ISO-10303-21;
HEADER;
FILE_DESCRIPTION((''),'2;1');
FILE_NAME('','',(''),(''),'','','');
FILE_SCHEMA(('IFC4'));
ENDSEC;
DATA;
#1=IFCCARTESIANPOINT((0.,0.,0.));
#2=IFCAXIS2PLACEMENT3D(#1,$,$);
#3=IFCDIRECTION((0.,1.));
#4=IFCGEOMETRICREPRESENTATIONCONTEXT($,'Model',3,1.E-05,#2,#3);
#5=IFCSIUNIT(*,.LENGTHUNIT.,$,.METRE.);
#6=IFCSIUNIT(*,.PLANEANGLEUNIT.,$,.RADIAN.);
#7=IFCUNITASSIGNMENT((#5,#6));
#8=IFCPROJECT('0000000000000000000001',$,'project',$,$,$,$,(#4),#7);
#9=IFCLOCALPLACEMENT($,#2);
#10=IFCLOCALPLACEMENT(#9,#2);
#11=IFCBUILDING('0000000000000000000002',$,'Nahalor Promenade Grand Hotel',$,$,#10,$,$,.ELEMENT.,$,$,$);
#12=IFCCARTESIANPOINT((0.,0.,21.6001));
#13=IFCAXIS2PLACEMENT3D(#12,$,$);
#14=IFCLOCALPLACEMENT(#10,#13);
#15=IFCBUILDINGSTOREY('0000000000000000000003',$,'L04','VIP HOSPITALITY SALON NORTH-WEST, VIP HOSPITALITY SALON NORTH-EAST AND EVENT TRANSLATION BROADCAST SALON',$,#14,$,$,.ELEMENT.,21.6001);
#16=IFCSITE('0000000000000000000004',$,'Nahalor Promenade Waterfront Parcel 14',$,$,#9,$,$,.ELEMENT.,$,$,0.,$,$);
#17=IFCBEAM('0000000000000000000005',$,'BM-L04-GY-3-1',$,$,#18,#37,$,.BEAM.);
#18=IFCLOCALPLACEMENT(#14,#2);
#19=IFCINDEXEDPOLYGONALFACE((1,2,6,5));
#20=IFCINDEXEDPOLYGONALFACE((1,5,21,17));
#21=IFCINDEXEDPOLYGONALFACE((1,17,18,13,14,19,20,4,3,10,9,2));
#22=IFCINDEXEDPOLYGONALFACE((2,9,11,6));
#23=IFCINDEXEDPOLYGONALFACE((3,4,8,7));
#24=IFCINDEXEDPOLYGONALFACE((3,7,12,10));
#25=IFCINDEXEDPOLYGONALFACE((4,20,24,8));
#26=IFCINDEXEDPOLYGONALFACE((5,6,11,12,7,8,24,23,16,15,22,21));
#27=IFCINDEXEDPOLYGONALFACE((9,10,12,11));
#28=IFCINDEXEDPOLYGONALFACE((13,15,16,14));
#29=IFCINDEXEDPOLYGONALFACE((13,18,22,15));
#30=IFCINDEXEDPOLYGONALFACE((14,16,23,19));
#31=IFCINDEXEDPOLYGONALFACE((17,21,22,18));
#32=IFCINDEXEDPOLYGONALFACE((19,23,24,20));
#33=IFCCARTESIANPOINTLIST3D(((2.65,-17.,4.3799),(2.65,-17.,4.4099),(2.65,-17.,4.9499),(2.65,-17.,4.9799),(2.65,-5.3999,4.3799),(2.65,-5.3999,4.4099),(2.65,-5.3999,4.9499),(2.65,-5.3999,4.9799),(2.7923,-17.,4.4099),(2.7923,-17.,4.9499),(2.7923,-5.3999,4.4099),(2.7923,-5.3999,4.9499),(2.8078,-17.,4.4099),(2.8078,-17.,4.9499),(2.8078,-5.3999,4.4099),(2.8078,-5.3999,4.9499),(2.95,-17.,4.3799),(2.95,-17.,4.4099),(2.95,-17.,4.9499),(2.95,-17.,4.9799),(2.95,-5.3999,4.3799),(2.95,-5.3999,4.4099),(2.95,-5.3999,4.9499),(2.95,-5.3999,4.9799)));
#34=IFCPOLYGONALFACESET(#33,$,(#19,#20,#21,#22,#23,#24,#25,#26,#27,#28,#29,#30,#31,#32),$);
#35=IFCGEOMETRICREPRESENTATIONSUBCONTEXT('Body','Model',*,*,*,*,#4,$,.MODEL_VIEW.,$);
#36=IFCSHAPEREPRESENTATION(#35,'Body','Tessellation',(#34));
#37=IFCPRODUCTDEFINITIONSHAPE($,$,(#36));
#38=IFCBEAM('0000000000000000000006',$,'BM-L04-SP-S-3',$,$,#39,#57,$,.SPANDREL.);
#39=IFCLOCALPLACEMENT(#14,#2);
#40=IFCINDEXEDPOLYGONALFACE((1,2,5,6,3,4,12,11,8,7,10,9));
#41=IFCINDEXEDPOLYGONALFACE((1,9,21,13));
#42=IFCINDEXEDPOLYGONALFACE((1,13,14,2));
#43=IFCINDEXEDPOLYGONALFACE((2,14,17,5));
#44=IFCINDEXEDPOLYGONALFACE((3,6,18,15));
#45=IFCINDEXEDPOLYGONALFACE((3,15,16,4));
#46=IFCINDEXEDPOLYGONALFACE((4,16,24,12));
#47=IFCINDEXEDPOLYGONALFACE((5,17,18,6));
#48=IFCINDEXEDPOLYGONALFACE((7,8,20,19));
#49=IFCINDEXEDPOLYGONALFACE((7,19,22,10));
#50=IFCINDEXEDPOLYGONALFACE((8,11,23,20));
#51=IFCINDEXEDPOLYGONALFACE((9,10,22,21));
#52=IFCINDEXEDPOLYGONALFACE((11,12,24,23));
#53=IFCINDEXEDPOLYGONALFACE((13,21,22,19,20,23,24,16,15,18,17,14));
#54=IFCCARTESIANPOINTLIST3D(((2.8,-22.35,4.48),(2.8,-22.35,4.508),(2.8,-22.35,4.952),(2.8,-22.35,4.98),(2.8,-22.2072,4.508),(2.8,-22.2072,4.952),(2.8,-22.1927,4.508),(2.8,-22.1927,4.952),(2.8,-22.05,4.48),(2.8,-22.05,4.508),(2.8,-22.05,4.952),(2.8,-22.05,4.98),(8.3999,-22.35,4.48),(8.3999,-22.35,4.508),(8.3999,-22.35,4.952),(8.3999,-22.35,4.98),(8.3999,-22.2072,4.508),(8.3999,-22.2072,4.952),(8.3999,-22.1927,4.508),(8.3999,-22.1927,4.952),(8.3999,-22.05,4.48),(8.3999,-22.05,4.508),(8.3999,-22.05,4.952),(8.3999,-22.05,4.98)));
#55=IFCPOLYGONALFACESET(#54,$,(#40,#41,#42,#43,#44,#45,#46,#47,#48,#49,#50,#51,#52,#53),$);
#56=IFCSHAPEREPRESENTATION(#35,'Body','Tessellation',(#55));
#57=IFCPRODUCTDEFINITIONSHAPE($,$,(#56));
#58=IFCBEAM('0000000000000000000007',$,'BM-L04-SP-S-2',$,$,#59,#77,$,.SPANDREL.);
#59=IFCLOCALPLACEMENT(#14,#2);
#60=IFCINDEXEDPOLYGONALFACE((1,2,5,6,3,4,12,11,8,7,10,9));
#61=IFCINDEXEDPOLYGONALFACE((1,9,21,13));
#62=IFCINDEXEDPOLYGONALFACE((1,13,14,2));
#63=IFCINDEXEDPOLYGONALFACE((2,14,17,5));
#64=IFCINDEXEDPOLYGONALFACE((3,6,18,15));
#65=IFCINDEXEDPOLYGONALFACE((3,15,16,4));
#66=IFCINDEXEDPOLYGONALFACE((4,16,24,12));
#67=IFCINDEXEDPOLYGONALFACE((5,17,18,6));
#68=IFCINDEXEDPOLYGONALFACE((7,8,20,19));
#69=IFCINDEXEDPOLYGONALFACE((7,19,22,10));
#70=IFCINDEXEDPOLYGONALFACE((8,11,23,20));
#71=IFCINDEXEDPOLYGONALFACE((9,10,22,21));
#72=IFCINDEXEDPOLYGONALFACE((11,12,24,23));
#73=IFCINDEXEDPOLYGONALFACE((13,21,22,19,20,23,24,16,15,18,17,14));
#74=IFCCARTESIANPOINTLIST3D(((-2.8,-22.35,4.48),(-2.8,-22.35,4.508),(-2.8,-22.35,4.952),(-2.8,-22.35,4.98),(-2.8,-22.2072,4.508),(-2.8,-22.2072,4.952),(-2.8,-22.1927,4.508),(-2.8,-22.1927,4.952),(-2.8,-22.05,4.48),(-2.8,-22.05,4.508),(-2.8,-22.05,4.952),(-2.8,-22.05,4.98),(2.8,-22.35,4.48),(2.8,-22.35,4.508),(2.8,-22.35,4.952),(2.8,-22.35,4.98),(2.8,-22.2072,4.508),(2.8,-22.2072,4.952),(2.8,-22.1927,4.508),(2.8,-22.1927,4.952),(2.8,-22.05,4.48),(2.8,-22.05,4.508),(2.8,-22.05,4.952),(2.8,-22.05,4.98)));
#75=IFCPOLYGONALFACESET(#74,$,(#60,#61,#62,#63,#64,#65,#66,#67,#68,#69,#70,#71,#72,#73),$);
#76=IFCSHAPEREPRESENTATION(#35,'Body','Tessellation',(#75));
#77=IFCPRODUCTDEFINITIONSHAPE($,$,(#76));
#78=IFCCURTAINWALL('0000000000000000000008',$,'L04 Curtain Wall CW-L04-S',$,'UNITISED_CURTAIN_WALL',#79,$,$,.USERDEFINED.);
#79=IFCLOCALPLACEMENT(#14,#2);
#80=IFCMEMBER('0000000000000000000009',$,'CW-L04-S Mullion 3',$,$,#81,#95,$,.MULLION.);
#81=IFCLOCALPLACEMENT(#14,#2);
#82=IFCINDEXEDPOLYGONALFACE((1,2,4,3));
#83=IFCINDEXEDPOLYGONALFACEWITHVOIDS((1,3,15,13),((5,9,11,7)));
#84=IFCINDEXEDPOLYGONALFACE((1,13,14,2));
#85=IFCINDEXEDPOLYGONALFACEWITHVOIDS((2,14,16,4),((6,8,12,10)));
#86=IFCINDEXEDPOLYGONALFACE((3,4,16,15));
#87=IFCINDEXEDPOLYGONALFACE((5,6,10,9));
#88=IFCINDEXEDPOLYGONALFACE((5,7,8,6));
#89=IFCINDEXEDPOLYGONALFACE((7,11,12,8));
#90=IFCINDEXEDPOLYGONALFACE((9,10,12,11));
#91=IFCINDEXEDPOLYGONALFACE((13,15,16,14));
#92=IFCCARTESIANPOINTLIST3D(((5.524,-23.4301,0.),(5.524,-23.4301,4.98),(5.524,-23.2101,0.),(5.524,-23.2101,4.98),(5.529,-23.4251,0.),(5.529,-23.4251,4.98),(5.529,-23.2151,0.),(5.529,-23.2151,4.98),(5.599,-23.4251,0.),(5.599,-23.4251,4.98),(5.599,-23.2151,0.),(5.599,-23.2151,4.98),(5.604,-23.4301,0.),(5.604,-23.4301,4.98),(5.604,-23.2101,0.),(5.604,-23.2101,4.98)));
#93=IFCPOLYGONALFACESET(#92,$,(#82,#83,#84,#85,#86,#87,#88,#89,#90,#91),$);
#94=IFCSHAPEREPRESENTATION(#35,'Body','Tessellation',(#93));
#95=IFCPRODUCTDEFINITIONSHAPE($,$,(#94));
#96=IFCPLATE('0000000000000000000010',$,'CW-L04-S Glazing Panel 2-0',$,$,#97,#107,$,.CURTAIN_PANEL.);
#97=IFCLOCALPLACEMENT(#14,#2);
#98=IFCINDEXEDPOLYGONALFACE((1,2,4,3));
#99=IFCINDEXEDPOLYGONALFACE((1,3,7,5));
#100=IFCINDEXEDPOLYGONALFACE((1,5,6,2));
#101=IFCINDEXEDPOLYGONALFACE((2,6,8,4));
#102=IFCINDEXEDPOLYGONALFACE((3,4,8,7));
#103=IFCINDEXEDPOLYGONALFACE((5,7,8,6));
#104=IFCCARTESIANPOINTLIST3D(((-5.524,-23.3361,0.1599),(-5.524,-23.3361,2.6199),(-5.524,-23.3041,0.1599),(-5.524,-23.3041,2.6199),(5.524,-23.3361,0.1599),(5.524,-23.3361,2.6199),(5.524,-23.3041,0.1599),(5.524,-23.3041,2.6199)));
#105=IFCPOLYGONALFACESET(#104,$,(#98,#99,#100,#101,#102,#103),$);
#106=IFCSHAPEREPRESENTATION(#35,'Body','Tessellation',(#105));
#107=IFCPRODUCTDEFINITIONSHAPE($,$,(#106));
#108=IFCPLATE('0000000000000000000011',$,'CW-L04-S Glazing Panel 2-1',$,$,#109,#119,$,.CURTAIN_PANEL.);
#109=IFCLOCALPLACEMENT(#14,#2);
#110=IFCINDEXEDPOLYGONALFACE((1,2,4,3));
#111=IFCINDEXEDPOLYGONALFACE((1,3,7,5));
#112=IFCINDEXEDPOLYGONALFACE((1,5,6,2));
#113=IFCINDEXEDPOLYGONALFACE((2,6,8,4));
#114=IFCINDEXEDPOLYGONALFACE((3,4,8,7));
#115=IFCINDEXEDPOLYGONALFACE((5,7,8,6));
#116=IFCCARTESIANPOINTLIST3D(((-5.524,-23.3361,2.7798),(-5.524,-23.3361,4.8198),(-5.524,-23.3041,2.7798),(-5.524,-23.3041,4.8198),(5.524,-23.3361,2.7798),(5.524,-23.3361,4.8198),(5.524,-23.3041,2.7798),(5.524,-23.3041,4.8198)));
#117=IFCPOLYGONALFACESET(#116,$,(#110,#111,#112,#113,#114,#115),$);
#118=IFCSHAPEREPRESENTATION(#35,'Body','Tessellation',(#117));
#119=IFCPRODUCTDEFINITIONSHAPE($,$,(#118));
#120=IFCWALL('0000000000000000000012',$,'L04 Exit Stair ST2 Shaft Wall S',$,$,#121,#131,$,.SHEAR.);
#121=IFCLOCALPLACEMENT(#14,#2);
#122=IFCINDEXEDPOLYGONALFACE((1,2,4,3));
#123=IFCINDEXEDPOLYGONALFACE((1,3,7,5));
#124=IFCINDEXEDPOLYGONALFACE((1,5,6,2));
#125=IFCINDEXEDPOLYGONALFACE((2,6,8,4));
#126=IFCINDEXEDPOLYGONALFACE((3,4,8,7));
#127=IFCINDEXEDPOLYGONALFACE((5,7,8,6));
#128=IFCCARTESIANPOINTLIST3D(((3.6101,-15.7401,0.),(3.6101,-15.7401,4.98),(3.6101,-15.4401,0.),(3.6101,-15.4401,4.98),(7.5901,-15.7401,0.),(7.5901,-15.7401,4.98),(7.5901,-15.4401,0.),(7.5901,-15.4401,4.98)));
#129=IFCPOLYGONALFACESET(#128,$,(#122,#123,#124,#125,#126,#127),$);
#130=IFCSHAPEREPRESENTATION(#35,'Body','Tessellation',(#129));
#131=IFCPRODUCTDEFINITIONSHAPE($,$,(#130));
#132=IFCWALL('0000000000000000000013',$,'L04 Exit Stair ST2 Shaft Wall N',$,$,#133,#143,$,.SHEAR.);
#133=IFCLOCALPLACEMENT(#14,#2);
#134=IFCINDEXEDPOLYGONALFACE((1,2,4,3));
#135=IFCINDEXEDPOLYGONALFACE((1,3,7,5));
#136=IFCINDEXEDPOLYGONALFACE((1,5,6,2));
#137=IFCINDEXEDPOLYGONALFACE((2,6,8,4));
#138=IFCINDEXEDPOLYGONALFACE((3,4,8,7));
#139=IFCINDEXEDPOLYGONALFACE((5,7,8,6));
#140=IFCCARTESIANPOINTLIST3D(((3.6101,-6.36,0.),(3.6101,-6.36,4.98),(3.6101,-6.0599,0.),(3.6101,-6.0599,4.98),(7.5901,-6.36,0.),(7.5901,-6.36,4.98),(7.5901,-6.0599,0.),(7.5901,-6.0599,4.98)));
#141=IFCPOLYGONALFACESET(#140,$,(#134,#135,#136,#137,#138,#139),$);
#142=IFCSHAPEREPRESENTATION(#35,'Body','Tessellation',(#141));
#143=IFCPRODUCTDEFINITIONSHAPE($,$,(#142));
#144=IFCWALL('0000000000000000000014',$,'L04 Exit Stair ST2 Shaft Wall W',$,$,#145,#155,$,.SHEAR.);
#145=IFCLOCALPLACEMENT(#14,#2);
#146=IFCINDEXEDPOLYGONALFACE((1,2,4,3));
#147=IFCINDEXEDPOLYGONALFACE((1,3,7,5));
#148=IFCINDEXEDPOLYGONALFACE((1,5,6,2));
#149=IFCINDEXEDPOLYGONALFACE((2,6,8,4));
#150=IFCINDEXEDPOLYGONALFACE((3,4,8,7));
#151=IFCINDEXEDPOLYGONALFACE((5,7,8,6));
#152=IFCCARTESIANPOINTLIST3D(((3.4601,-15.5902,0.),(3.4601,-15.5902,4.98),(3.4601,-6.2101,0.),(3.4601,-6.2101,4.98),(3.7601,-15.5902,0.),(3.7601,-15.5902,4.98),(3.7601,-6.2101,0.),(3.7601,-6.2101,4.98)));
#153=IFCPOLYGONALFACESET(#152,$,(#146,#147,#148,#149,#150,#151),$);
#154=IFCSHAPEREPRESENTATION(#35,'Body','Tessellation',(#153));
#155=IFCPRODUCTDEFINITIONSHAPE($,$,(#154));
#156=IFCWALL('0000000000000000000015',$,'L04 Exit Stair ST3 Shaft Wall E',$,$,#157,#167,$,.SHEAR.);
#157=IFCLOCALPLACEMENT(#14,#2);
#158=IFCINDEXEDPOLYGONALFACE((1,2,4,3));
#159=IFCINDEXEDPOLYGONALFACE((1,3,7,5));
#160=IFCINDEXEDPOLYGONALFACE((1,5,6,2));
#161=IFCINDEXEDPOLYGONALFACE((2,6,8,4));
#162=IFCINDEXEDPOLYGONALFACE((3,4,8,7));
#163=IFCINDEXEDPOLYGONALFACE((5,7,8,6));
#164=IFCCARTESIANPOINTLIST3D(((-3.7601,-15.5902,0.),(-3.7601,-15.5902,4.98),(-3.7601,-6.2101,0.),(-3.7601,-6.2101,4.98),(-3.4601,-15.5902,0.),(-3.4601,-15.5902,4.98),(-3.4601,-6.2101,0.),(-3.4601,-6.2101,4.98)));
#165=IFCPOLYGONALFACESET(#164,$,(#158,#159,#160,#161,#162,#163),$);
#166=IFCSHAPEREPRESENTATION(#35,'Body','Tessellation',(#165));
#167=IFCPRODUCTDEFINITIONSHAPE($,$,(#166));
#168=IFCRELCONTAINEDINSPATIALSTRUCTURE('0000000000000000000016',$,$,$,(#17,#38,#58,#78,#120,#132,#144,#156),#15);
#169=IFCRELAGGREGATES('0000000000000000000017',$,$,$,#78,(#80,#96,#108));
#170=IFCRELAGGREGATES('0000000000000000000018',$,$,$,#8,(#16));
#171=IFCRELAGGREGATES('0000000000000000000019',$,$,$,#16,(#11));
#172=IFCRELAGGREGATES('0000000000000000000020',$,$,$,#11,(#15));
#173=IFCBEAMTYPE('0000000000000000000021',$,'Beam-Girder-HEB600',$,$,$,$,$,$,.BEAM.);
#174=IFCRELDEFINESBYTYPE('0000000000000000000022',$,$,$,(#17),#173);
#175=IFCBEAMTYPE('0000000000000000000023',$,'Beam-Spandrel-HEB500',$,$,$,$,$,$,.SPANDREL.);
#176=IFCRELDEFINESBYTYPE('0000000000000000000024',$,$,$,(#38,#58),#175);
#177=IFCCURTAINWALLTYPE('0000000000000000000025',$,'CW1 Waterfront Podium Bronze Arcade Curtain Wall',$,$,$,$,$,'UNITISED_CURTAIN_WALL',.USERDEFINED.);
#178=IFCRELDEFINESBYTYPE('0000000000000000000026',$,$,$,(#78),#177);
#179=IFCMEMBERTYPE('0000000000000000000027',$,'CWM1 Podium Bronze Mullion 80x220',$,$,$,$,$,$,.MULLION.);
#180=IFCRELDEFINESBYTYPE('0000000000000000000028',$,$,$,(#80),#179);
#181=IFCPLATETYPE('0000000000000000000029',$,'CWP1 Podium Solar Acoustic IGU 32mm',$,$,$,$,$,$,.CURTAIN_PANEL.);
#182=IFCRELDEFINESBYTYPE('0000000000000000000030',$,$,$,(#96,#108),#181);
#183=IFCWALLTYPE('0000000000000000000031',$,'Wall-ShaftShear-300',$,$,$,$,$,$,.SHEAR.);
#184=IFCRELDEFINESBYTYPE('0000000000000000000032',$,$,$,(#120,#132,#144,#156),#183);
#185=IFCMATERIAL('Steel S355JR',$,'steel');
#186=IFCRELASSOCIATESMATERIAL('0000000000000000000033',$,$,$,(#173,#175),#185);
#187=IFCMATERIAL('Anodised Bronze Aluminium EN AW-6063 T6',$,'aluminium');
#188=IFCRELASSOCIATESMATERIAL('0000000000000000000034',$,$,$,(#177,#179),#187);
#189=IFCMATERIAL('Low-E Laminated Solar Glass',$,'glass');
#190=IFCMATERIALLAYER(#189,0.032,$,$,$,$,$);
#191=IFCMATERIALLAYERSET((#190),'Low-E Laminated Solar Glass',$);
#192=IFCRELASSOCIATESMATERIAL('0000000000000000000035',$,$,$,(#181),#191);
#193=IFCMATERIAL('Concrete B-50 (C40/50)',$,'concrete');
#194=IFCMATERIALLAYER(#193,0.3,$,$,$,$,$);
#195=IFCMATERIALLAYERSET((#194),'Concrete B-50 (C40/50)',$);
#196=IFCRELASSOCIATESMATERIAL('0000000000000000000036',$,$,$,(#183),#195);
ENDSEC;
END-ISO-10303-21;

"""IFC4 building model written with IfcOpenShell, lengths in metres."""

from ifc_helpers import new_model, si_unit, direction, frame, frame_2d, origin, origin_2d, place, context, subcontext, project, spatial, rectangle, hollow_rectangle, i_section, extrude, source, transform, mapped, material, layer, layer_set, material_profile, profile_set, type_object, element, aggregate, save


model = new_model("IFC4")

# Units and contexts
model_context = context("Model", 3, precision=1e-05, world=origin(), true_north=direction((0.0, 1.0)))
body_context = subcontext(model_context, "Body", "Model", "MODEL_VIEW")
ifc_project = project(units=[si_unit("LENGTHUNIT", "METRE"), si_unit("PLANEANGLEUNIT", "RADIAN")], contexts=[model_context])

# Site, building, storey
site_placement = place(None, origin())
site = spatial("IfcSite", under=ifc_project, at=site_placement, Name="Nahalor Promenade Waterfront Parcel 14", CompositionType="ELEMENT", RefElevation=0.0)
building_placement = place(site_placement, origin())
building = spatial("IfcBuilding", under=site, at=building_placement, Name="Nahalor Promenade Grand Hotel", CompositionType="ELEMENT")
storey_placement = place(building_placement, frame((0.0, 0.0, 21.6001)))
storey = spatial("IfcBuildingStorey", under=building, at=storey_placement, Name="L04", Description="VIP HOSPITALITY SALON NORTH-WEST, VIP HOSPITALITY SALON NORTH-EAST AND EVENT TRANSLATION BROADCAST SALON", CompositionType="ELEMENT", Elevation=21.6001)

# Beams
ifc_material_1 = material(Name="Steel S355JR", Category="steel")
ifc_material_profile_1 = material_profile(ifc_material_1, i_section(OverallWidth=0.3, OverallDepth=0.6, WebThickness=0.0155, FlangeThickness=0.03, at=origin_2d()), Name="HEB 600")
ifc_profile_set_1 = profile_set([ifc_material_profile_1], Name="Steel S355JR")
beam_type_1 = type_object("IfcBeamType", Name="Beam-Girder-HEB600", PredefinedType="BEAM", material=ifc_profile_set_1)
shared_shape_1 = source(origin(), body_context, "Body", "SweptSolid", [
    extrude(i_section(OverallWidth=0.3, OverallDepth=0.6, WebThickness=0.0155, FlangeThickness=0.03, at=origin_2d()), origin(), (0.0, 0.0, 1.0), 11.6001),
])
for number, where, z_axis, x_axis, name in (
    (1, (2.8, -17.0, 4.6799), (0.0, 1.0, 0.0), (-1.0, 0.0, 0.0), "BM-L04-GY-3-1"),
):
    element("IfcBeam", number, at=place(storey_placement, frame(where, z_axis=z_axis, x_axis=x_axis)), inside=storey, type_object=beam_type_1, Name=name, PredefinedType="BEAM", context=body_context, shape_type="MappedRepresentation", body=[
        mapped(shared_shape_1, transform((0.0, 0.0, 0.0), scale=1.0)),
    ])
ifc_material_profile_2 = material_profile(ifc_material_1, i_section(OverallWidth=0.3, OverallDepth=0.5, WebThickness=0.0145, FlangeThickness=0.028, at=origin_2d()), Name="HEB 500")
ifc_profile_set_2 = profile_set([ifc_material_profile_2], Name="Steel S355JR")
beam_type_2 = type_object("IfcBeamType", Name="Beam-Spandrel-HEB500", PredefinedType="SPANDREL", material=ifc_profile_set_2)
shared_shape_2 = source(origin(), body_context, "Body", "SweptSolid", [
    extrude(i_section(OverallWidth=0.3, OverallDepth=0.5, WebThickness=0.0145, FlangeThickness=0.028, at=origin_2d()), origin(), (0.0, 0.0, 1.0), 5.5999),
])
beam_1_placement = place(storey_placement, frame((2.8, -22.2, 4.73), z_axis=(1.0, 0.0, 0.0), x_axis=(0.0, 1.0, 0.0)))
element("IfcBeam", 2, at=beam_1_placement, inside=storey, type_object=beam_type_2, Name="BM-L04-SP-S-3", PredefinedType="SPANDREL", context=body_context, shape_type="MappedRepresentation", body=[
    mapped(shared_shape_2, transform((0.0, 0.0, 0.0), scale=1.0)),
])
shared_shape_3 = source(origin(), body_context, "Body", "SweptSolid", [
    extrude(i_section(OverallWidth=0.3, OverallDepth=0.5, WebThickness=0.0145, FlangeThickness=0.028, at=origin_2d()), origin(), (0.0, 0.0, 1.0), 5.6001),
])
beam_2_placement = place(storey_placement, frame((-2.8, -22.2, 4.73), z_axis=(1.0, 0.0, 0.0), x_axis=(0.0, 1.0, 0.0)))
element("IfcBeam", 3, at=beam_2_placement, inside=storey, type_object=beam_type_2, Name="BM-L04-SP-S-2", PredefinedType="SPANDREL", context=body_context, shape_type="MappedRepresentation", body=[
    mapped(shared_shape_3, transform((0.0, 0.0, 0.0), scale=1.0)),
])

# Curtain wall, member, plates
ifc_material_2 = material(Name="Anodised Bronze Aluminium EN AW-6063 T6", Category="aluminium")
curtain_wall_type = type_object("IfcCurtainWallType", Name="CW1 Waterfront Podium Bronze Arcade Curtain Wall", ElementType="UNITISED_CURTAIN_WALL", PredefinedType="USERDEFINED", material=ifc_material_2)
curtain_wall_placement = place(storey_placement, origin())
curtain_wall = element("IfcCurtainWall", 4, at=curtain_wall_placement, inside=storey, type_object=curtain_wall_type, Name="L04 Curtain Wall CW-L04-S", ObjectType="UNITISED_CURTAIN_WALL", PredefinedType="USERDEFINED")
ifc_material_profile_3 = material_profile(ifc_material_2, hollow_rectangle(XDim=0.08, YDim=0.22, WallThickness=0.005, at=origin_2d()), Name="CWM 80x220x5")
ifc_profile_set_3 = profile_set([ifc_material_profile_3], Name="Anodised Bronze Aluminium EN AW-6063 T6")
member_type = type_object("IfcMemberType", Name="CWM1 Podium Bronze Mullion 80x220", PredefinedType="MULLION", material=ifc_profile_set_3)
shared_shape_4 = source(origin(), body_context, "Body", "SweptSolid", [
    extrude(hollow_rectangle(XDim=0.08, YDim=0.22, WallThickness=0.005, at=origin_2d()), origin(), (0.0, 0.0, 1.0), 4.98),
])
member_placement = place(storey_placement, frame((5.564, -23.3201, 0.0), z_axis=(0.0, 0.0, 1.0), x_axis=(1.0, 0.0, 0.0)))
member = element("IfcMember", 5, at=member_placement, type_object=member_type, Name="CW-L04-S Mullion 3", PredefinedType="MULLION", context=body_context, shape_type="MappedRepresentation", body=[
    mapped(shared_shape_4, transform((0.0, 0.0, 0.0), scale=1.0)),
])
ifc_material_3 = material(Name="Low-E Laminated Solar Glass", Category="glass")
ifc_layer_1 = layer(ifc_material_3, 0.032)
ifc_layer_set_1 = layer_set([ifc_layer_1], Name="Low-E Laminated Solar Glass")
plate_type = type_object("IfcPlateType", Name="CWP1 Podium Solar Acoustic IGU 32mm", PredefinedType="CURTAIN_PANEL", material=ifc_layer_set_1)
shared_shape_5 = source(origin(), body_context, "Body", "SweptSolid", [
    extrude(rectangle(XDim=11.0481, YDim=0.032, at=origin_2d()), origin(), (0.0, 0.0, 1.0), 2.46),
])
plate_1_placement = place(storey_placement, frame((0.0, -23.3201, 0.1599), z_axis=(0.0, 0.0, 1.0), x_axis=(1.0, 0.0, 0.0)))
plate_1 = element("IfcPlate", 6, at=plate_1_placement, type_object=plate_type, Name="CW-L04-S Glazing Panel 2-0", PredefinedType="CURTAIN_PANEL", context=body_context, shape_type="MappedRepresentation", body=[
    mapped(shared_shape_5, transform((0.0, 0.0, 0.0), scale=1.0)),
])
shared_shape_6 = source(origin(), body_context, "Body", "SweptSolid", [
    extrude(rectangle(XDim=11.0481, YDim=0.032, at=origin_2d()), origin(), (0.0, 0.0, 1.0), 2.04),
])
plate_2_placement = place(storey_placement, frame((0.0, -23.3201, 2.7798), z_axis=(0.0, 0.0, 1.0), x_axis=(1.0, 0.0, 0.0)))
plate_2 = element("IfcPlate", 7, at=plate_2_placement, type_object=plate_type, Name="CW-L04-S Glazing Panel 2-1", PredefinedType="CURTAIN_PANEL", context=body_context, shape_type="MappedRepresentation", body=[
    mapped(shared_shape_6, transform((0.0, 0.0, 0.0), scale=1.0)),
])
aggregate(curtain_wall, [member, plate_1, plate_2])

# Walls
ifc_material_4 = material(Name="Concrete B-50 (C40/50)", Category="concrete")
ifc_layer_2 = layer(ifc_material_4, 0.3)
ifc_layer_set_2 = layer_set([ifc_layer_2], Name="Concrete B-50 (C40/50)")
wall_type_1 = type_object("IfcWallType", Name="Wall-ShaftShear-300", PredefinedType="SHEAR", material=ifc_layer_set_2)
shared_shape_7 = source(origin(), body_context, "Body", "SweptSolid", [
    extrude(rectangle(XDim=3.98, YDim=0.3, at=frame_2d((1.99, 0.0))), origin(), (0.0, 0.0, 1.0), 4.98),
])
for number, where, z_axis, x_axis, name in (
    (8, (3.6101, -15.5901, 0.0), (0.0, 0.0, 1.0), (1.0, 0.0, 0.0), "L04 Exit Stair ST2 Shaft Wall S"),
    (9, (3.6101, -6.21, 0.0), (0.0, 0.0, 1.0), (1.0, 0.0, 0.0), "L04 Exit Stair ST2 Shaft Wall N"),
):
    element("IfcWall", number, at=place(storey_placement, frame(where, z_axis=z_axis, x_axis=x_axis)), inside=storey, type_object=wall_type_1, Name=name, PredefinedType="SHEAR", context=body_context, shape_type="MappedRepresentation", body=[
        mapped(shared_shape_7, transform((0.0, 0.0, 0.0), scale=1.0)),
    ])
shared_shape_8 = source(origin(), body_context, "Body", "SweptSolid", [
    extrude(rectangle(XDim=9.3801, YDim=0.3, at=frame_2d((4.6899, 0.0))), origin(), (0.0, 0.0, 1.0), 4.98),
])
for number, where, z_axis, x_axis, name in (
    (10, (3.6101, -15.5901, 0.0), (0.0, 0.0, 1.0), (0.0, 1.0, 0.0), "L04 Exit Stair ST2 Shaft Wall W"),
    (11, (-3.6101, -15.5901, 0.0), (0.0, 0.0, 1.0), (0.0, 1.0, 0.0), "L04 Exit Stair ST3 Shaft Wall E"),
):
    element("IfcWall", number, at=place(storey_placement, frame(where, z_axis=z_axis, x_axis=x_axis)), inside=storey, type_object=wall_type_1, Name=name, PredefinedType="SHEAR", context=body_context, shape_type="MappedRepresentation", body=[
        mapped(shared_shape_8, transform((0.0, 0.0, 0.0), scale=1.0)),
    ])

save(model, "model.ifc")
